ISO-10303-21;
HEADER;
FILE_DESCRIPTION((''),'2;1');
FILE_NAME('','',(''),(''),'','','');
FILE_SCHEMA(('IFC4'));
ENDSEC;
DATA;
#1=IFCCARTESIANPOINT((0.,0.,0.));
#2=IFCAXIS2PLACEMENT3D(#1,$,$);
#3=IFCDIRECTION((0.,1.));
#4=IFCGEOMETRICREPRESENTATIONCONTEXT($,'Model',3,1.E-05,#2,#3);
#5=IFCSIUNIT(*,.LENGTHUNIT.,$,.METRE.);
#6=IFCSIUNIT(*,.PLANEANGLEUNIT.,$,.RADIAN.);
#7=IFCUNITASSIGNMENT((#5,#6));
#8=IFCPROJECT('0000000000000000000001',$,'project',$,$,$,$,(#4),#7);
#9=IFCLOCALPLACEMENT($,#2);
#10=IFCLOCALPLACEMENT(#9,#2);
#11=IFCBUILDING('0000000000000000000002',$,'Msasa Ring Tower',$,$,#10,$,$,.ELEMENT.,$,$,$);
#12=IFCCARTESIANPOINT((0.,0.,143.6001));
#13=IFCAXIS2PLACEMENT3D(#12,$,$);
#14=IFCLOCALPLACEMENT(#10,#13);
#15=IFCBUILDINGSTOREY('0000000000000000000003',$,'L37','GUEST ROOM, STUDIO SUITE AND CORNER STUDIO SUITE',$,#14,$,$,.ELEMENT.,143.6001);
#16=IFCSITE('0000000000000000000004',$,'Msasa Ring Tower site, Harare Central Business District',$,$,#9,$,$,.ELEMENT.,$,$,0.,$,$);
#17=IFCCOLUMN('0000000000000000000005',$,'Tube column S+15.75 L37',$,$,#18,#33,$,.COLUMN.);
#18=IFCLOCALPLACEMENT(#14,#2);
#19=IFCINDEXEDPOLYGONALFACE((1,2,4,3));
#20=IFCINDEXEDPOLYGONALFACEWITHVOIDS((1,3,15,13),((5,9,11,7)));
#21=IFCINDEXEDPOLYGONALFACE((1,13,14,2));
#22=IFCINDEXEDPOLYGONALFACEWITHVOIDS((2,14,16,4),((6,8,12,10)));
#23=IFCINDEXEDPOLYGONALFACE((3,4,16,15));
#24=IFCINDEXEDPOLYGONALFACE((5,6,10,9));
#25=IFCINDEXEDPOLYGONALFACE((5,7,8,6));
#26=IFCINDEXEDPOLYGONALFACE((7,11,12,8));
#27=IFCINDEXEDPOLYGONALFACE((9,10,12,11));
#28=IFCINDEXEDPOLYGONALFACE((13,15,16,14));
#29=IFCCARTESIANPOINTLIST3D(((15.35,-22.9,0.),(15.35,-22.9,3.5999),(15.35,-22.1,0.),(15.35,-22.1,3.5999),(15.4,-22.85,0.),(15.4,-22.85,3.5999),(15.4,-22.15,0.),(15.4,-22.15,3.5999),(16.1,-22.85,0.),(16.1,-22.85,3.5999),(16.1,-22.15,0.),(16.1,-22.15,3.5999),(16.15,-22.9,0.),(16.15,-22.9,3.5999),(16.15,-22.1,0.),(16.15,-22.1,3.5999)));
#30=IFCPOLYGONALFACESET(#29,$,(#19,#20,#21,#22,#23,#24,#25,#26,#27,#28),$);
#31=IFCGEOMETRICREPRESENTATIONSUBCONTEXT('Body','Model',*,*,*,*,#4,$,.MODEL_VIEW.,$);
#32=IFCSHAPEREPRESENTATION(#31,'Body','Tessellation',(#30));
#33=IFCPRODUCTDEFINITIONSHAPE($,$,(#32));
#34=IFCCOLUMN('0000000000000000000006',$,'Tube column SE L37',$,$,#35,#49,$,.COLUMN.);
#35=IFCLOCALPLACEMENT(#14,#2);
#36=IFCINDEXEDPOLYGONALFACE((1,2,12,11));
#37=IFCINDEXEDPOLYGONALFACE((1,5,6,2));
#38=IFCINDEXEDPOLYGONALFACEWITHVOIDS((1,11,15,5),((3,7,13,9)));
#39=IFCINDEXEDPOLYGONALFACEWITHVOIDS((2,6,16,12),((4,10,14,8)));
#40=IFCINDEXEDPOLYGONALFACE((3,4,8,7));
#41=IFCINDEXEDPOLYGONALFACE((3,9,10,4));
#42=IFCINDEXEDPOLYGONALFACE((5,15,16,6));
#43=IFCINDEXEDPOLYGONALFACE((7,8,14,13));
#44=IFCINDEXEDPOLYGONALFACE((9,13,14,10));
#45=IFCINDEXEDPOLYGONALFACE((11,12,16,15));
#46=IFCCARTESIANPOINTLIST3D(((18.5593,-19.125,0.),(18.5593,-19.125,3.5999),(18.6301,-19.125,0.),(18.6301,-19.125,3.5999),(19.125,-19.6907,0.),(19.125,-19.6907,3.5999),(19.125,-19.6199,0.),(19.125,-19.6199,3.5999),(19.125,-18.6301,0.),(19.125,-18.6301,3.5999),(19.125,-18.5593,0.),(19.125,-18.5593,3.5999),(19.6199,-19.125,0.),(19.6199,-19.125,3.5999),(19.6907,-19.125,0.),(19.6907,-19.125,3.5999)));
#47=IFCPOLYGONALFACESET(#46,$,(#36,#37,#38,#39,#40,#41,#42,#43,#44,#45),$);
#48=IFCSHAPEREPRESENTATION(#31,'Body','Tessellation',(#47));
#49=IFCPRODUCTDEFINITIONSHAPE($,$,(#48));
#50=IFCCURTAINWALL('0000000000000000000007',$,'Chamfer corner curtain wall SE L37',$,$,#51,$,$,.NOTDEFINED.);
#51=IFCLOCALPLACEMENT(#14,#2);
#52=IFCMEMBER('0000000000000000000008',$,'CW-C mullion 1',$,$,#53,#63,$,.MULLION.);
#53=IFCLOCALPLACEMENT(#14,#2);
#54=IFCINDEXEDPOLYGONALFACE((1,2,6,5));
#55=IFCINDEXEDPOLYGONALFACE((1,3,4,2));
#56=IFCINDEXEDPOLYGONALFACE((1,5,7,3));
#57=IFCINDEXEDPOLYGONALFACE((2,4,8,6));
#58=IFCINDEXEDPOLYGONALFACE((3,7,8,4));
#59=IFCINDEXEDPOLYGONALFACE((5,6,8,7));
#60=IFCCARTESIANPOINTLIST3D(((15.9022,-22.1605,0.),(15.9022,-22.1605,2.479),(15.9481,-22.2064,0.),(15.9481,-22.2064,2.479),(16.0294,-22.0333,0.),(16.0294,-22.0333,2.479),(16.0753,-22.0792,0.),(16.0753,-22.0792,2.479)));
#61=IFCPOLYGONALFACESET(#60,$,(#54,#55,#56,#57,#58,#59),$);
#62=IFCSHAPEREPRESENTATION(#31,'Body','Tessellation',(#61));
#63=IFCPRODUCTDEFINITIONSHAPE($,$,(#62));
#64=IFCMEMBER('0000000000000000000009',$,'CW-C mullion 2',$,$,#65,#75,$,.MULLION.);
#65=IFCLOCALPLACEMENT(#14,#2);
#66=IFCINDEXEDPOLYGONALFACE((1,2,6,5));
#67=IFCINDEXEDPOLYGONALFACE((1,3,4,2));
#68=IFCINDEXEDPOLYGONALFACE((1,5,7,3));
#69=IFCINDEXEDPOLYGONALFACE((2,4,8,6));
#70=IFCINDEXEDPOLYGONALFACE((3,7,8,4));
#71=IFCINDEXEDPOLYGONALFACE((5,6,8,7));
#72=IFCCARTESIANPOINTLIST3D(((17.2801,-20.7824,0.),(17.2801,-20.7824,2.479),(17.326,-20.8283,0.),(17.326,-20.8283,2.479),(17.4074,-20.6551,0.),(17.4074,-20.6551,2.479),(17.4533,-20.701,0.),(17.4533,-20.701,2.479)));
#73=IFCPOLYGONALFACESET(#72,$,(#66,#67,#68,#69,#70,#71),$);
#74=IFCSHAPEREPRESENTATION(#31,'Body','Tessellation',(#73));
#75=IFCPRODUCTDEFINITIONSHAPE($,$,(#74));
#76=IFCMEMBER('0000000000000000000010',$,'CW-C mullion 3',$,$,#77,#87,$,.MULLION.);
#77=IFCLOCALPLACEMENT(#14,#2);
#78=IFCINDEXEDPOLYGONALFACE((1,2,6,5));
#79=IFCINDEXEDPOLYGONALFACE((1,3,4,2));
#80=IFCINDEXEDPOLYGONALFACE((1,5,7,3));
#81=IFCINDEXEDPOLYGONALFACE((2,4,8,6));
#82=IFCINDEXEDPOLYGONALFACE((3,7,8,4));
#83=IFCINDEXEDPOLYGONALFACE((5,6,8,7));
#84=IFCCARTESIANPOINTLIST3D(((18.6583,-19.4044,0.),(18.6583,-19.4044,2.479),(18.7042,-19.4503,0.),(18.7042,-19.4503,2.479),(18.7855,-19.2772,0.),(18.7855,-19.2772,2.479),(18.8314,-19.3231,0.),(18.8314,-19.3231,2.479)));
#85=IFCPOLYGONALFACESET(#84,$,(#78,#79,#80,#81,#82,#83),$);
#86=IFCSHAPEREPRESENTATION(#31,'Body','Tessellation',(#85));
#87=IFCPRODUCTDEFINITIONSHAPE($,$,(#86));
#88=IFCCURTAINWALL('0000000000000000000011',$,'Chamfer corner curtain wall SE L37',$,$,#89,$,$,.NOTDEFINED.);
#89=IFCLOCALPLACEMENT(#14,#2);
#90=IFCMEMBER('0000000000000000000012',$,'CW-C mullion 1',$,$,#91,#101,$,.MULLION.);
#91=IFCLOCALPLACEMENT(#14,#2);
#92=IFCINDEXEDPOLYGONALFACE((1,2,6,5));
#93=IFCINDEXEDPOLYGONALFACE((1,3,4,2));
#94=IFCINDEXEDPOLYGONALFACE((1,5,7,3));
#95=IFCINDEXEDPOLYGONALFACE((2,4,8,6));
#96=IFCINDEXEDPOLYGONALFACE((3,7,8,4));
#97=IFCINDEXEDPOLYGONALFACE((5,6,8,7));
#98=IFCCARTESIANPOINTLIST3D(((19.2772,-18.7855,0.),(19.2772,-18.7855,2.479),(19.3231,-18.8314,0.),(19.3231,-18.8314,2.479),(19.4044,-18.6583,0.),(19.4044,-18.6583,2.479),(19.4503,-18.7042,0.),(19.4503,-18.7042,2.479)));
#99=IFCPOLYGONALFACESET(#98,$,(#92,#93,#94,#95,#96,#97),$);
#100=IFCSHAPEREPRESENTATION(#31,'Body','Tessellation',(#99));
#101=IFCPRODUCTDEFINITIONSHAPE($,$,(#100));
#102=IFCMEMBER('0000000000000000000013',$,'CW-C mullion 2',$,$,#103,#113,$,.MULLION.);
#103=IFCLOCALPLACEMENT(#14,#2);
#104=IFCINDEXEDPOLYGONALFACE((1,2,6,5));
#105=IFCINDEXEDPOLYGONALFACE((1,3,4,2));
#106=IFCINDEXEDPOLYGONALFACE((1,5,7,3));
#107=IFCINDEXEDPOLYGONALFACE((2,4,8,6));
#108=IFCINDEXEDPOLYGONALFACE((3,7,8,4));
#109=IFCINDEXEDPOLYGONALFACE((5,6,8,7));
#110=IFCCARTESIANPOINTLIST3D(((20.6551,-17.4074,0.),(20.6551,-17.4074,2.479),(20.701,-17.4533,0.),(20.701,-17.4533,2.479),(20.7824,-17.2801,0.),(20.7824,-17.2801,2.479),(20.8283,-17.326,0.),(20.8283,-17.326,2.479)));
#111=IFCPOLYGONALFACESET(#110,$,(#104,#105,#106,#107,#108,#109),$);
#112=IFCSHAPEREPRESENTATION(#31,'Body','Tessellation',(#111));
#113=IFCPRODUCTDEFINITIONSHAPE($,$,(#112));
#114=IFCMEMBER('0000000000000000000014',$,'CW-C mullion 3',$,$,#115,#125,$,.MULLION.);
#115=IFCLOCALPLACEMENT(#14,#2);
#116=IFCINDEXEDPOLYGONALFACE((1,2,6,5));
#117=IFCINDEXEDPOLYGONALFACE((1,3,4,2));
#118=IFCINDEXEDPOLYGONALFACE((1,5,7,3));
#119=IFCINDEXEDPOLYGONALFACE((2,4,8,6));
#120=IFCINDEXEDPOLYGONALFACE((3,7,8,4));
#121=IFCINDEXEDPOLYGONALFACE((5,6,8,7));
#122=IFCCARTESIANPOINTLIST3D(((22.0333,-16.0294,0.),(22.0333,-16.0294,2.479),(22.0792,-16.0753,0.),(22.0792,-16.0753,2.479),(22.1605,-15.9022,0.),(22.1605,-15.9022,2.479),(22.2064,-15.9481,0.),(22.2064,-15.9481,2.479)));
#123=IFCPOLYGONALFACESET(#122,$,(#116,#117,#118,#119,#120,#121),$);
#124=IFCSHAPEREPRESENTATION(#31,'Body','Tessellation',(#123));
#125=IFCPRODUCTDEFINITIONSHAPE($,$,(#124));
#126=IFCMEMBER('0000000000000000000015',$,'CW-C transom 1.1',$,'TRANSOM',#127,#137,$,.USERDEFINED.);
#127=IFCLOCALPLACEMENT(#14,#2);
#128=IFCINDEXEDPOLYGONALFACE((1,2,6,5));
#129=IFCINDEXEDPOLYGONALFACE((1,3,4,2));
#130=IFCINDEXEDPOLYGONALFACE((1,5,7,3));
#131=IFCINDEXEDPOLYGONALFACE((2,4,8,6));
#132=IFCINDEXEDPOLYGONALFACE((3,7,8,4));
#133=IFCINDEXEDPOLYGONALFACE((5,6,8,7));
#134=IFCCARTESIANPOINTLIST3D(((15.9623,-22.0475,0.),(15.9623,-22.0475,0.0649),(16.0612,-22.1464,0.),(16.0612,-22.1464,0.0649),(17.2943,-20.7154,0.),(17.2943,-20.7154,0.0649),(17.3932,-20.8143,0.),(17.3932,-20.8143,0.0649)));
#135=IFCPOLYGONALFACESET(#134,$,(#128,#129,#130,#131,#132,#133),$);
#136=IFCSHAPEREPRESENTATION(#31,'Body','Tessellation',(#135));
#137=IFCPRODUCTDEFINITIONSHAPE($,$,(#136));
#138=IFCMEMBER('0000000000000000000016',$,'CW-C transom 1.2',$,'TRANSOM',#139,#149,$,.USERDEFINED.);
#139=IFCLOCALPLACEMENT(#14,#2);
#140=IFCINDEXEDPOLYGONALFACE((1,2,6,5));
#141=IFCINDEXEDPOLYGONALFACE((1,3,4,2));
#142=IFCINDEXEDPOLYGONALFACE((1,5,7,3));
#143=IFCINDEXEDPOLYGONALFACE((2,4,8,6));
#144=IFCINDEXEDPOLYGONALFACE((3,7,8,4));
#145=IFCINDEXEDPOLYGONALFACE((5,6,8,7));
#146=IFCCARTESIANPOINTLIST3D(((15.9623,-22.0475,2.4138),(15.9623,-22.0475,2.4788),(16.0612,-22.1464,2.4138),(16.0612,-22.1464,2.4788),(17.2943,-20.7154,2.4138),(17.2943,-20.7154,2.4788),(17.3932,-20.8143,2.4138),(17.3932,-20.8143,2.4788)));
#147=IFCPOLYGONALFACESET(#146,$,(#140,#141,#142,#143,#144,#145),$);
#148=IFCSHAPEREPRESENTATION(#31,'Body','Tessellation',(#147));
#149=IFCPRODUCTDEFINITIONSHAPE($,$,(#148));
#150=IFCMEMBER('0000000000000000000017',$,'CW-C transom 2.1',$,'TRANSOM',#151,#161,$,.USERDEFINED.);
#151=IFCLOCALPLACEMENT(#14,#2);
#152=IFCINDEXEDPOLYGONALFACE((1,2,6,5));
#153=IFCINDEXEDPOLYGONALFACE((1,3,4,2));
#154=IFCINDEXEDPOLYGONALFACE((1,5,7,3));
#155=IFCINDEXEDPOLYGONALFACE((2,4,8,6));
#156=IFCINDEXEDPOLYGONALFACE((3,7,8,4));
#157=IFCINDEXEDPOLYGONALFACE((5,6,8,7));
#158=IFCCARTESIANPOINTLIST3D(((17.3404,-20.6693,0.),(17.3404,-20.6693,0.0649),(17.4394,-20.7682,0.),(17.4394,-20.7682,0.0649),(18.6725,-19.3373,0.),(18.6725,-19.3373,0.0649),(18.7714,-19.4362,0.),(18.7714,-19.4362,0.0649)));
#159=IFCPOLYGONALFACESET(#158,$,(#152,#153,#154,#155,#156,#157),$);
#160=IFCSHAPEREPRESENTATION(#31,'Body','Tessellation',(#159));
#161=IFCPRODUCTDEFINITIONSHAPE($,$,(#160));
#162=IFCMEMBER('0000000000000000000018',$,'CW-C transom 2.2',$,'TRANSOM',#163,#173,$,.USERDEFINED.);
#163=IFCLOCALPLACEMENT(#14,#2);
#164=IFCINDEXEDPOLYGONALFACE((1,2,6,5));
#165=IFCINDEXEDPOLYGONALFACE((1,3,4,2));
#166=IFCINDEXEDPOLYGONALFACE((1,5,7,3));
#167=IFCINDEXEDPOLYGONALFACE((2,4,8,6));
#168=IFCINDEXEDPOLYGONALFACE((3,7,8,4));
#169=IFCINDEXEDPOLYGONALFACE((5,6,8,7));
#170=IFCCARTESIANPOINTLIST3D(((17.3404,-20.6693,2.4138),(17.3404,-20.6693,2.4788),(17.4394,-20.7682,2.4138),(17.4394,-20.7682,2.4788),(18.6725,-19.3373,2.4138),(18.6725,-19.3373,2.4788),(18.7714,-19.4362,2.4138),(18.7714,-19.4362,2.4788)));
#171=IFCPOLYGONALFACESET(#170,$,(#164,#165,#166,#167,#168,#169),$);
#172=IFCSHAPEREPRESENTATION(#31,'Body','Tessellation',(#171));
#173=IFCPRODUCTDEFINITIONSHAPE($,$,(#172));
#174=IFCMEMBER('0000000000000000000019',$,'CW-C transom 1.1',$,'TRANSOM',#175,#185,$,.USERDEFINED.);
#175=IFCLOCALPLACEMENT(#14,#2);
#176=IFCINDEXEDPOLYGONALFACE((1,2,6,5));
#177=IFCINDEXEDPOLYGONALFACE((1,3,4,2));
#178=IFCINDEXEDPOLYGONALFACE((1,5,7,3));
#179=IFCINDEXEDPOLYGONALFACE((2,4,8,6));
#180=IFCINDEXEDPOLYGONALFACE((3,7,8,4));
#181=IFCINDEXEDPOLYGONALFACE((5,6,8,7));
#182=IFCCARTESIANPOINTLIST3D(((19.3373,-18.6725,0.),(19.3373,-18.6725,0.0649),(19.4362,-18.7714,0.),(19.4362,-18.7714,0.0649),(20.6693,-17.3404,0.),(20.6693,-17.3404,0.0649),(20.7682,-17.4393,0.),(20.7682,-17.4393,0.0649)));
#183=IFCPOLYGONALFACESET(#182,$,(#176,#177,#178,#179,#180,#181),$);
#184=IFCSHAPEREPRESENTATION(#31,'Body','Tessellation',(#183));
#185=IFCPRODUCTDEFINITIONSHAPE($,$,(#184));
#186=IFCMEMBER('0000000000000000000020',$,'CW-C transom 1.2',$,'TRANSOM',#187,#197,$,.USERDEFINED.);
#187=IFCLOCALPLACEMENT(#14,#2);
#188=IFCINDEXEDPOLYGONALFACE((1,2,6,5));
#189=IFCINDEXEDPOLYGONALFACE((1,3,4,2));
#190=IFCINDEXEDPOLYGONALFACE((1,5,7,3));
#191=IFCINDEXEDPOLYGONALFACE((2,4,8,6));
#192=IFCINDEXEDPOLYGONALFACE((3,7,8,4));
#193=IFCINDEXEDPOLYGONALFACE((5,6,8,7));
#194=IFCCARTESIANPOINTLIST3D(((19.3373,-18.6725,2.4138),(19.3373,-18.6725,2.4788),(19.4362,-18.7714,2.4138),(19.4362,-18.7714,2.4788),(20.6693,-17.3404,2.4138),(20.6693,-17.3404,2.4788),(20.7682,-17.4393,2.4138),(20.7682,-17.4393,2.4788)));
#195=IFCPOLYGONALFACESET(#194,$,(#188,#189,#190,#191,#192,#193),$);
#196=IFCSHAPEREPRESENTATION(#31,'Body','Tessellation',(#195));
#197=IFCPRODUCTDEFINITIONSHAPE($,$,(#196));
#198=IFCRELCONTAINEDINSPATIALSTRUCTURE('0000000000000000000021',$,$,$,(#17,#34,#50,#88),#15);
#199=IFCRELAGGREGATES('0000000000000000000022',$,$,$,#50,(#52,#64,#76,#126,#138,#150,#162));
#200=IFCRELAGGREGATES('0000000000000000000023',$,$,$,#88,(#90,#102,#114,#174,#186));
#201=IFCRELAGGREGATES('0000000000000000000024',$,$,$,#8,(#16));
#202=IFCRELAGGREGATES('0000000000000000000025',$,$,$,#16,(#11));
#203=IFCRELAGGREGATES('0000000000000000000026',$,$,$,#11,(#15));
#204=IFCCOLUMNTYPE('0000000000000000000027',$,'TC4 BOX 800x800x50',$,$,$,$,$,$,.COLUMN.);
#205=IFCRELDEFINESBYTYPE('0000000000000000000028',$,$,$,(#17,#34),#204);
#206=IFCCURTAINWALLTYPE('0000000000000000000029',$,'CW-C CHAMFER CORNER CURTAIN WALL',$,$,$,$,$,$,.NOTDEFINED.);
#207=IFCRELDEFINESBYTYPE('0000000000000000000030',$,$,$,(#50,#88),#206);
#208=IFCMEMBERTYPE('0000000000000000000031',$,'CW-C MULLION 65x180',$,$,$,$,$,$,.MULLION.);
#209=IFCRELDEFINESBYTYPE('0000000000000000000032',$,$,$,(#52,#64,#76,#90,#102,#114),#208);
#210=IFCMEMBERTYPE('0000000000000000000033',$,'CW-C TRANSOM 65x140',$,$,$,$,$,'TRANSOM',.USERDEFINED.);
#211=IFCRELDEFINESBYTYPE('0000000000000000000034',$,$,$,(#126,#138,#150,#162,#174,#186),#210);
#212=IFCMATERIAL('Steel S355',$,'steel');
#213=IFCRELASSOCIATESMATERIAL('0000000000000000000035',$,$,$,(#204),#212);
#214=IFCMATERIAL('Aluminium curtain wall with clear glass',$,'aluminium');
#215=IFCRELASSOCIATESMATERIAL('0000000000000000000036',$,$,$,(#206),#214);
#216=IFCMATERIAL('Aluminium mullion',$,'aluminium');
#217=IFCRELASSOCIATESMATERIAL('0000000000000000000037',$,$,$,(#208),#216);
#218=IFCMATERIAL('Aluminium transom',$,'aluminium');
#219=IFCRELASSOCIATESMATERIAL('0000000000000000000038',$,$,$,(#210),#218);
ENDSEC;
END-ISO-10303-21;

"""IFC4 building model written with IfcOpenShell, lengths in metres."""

from ifc_helpers import new_model, si_unit, direction, frame, origin, origin_2d, place, context, subcontext, project, spatial, rectangle, hollow_rectangle, extrude, material, material_profile, profile_set, type_object, element, aggregate, save


model = new_model("IFC4")

# Units and contexts
model_context = context("Model", 3, precision=1e-05, world=origin(), true_north=direction((0.0, 1.0)))
body_context = subcontext(model_context, "Body", "Model", "MODEL_VIEW")
ifc_project = project(units=[si_unit("LENGTHUNIT", "METRE"), si_unit("PLANEANGLEUNIT", "RADIAN")], contexts=[model_context])

# Site, building, storey
site_placement = place(None, origin())
site = spatial("IfcSite", under=ifc_project, at=site_placement, Name="Msasa Ring Tower site, Harare Central Business District", CompositionType="ELEMENT", RefElevation=0.0)
building_placement = place(site_placement, origin())
building = spatial("IfcBuilding", under=site, at=building_placement, Name="Msasa Ring Tower", CompositionType="ELEMENT")
storey_placement = place(building_placement, frame((0.0, 0.0, 143.6001)))
storey = spatial("IfcBuildingStorey", under=building, at=storey_placement, Name="L37", Description="GUEST ROOM, STUDIO SUITE AND CORNER STUDIO SUITE", CompositionType="ELEMENT", Elevation=143.6001)

# Columns
ifc_material_1 = material(Name="Steel S355", Category="steel")
ifc_material_profile_1 = material_profile(ifc_material_1, hollow_rectangle(XDim=0.8, YDim=0.8, WallThickness=0.05, at=origin_2d()), Name="BOX 800x800x50")
ifc_profile_set_1 = profile_set([ifc_material_profile_1], Name="Steel S355")
column_type = type_object("IfcColumnType", Name="TC4 BOX 800x800x50", PredefinedType="COLUMN", material=ifc_profile_set_1)
for number, where, z_axis, x_axis, name in (
    (1, (15.75, -22.5, 0.0), (0.0, 0.0, 1.0), (0.0, 1.0, 0.0), "Tube column S+15.75 L37"),
    (2, (19.125, -19.125, 0.0), (0.0, 0.0, 1.0), (0.707107, -0.707107, 0.0), "Tube column SE L37"),
):
    element("IfcColumn", number, at=place(storey_placement, frame(where, z_axis=z_axis, x_axis=x_axis)), inside=storey, type_object=column_type, Name=name, PredefinedType="COLUMN", context=body_context, shape_type="SweptSolid", body=[
        extrude(hollow_rectangle(XDim=0.8, YDim=0.8, WallThickness=0.05, at=origin_2d()), origin(), (0.0, 0.0, 1.0), 3.5999),
    ])

# Curtain walls, members
ifc_material_2 = material(Name="Aluminium curtain wall with clear glass", Category="aluminium")
curtain_wall_type = type_object("IfcCurtainWallType", Name="CW-C CHAMFER CORNER CURTAIN WALL", PredefinedType="NOTDEFINED", material=ifc_material_2)
curtain_wall_1_placement = place(storey_placement, origin())
curtain_wall_1 = element("IfcCurtainWall", 3, at=curtain_wall_1_placement, inside=storey, type_object=curtain_wall_type, Name="Chamfer corner curtain wall SE L37", PredefinedType="NOTDEFINED")
ifc_material_3 = material(Name="Aluminium mullion", Category="aluminium")
ifc_material_profile_2 = material_profile(ifc_material_3, rectangle(XDim=0.0649, YDim=0.1799, at=origin_2d()), Name="AL 65x180")
ifc_profile_set_2 = profile_set([ifc_material_profile_2], Name="Aluminium mullion")
member_type_1 = type_object("IfcMemberType", Name="CW-C MULLION 65x180", PredefinedType="MULLION", material=ifc_profile_set_2)
member_1_placement = place(storey_placement, frame((15.9888, -22.1199, 0.0), z_axis=(0.0, 0.0, 1.0), x_axis=(-0.707107, 0.707107, 0.0)))
member_1 = element("IfcMember", 4, at=member_1_placement, type_object=member_type_1, Name="CW-C mullion 1", PredefinedType="MULLION", context=body_context, shape_type="SweptSolid", body=[
    extrude(rectangle(XDim=0.0649, YDim=0.1799, at=origin_2d()), origin(), (0.0, 0.0, 1.0), 2.479),
])
member_2_placement = place(storey_placement, frame((17.3667, -20.7417, 0.0), z_axis=(0.0, 0.0, 1.0), x_axis=(-0.707107, 0.707107, 0.0)))
member_2 = element("IfcMember", 5, at=member_2_placement, type_object=member_type_1, Name="CW-C mullion 2", PredefinedType="MULLION", context=body_context, shape_type="SweptSolid", body=[
    extrude(rectangle(XDim=0.0649, YDim=0.1799, at=origin_2d()), origin(), (0.0, 0.0, 1.0), 2.479),
])
member_3_placement = place(storey_placement, frame((18.7449, -19.3638, 0.0), z_axis=(0.0, 0.0, 1.0), x_axis=(-0.707107, 0.707107, 0.0)))
member_3 = element("IfcMember", 6, at=member_3_placement, type_object=member_type_1, Name="CW-C mullion 3", PredefinedType="MULLION", context=body_context, shape_type="SweptSolid", body=[
    extrude(rectangle(XDim=0.0649, YDim=0.1799, at=origin_2d()), origin(), (0.0, 0.0, 1.0), 2.479),
])
curtain_wall_2_placement = place(storey_placement, origin())
curtain_wall_2 = element("IfcCurtainWall", 7, at=curtain_wall_2_placement, inside=storey, type_object=curtain_wall_type, Name="Chamfer corner curtain wall SE L37", PredefinedType="NOTDEFINED")
member_4_placement = place(storey_placement, frame((19.3638, -18.7449, 0.0), z_axis=(0.0, 0.0, 1.0), x_axis=(-0.707107, 0.707107, 0.0)))
member_4 = element("IfcMember", 8, at=member_4_placement, type_object=member_type_1, Name="CW-C mullion 1", PredefinedType="MULLION", context=body_context, shape_type="SweptSolid", body=[
    extrude(rectangle(XDim=0.0649, YDim=0.1799, at=origin_2d()), origin(), (0.0, 0.0, 1.0), 2.479),
])
member_5_placement = place(storey_placement, frame((20.7417, -17.3667, 0.0), z_axis=(0.0, 0.0, 1.0), x_axis=(-0.707107, 0.707107, 0.0)))
member_5 = element("IfcMember", 9, at=member_5_placement, type_object=member_type_1, Name="CW-C mullion 2", PredefinedType="MULLION", context=body_context, shape_type="SweptSolid", body=[
    extrude(rectangle(XDim=0.0649, YDim=0.1799, at=origin_2d()), origin(), (0.0, 0.0, 1.0), 2.479),
])
member_6_placement = place(storey_placement, frame((22.1199, -15.9888, 0.0), z_axis=(0.0, 0.0, 1.0), x_axis=(-0.707107, 0.707107, 0.0)))
member_6 = element("IfcMember", 10, at=member_6_placement, type_object=member_type_1, Name="CW-C mullion 3", PredefinedType="MULLION", context=body_context, shape_type="SweptSolid", body=[
    extrude(rectangle(XDim=0.0649, YDim=0.1799, at=origin_2d()), origin(), (0.0, 0.0, 1.0), 2.479),
])

# Members
ifc_material_4 = material(Name="Aluminium transom", Category="aluminium")
ifc_material_profile_3 = material_profile(ifc_material_4, rectangle(XDim=0.1399, YDim=0.0649, at=origin_2d()), Name="AL 65x140")
ifc_profile_set_3 = profile_set([ifc_material_profile_3], Name="Aluminium transom")
member_type_2 = type_object("IfcMemberType", Name="CW-C TRANSOM 65x140", ElementType="TRANSOM", PredefinedType="USERDEFINED", material=ifc_profile_set_3)
member_7_placement = place(storey_placement, frame((16.0117, -22.0969, 0.0325), z_axis=(0.707107, 0.707107, 0.0), x_axis=(-0.707107, 0.707107, 0.0)))
member_7 = element("IfcMember", 11, at=member_7_placement, type_object=member_type_2, Name="CW-C transom 1.1", ObjectType="TRANSOM", PredefinedType="USERDEFINED", context=body_context, shape_type="SweptSolid", body=[
    extrude(rectangle(XDim=0.1399, YDim=0.0649, at=origin_2d()), origin(), (0.0, 0.0, 1.0), 1.8838),
])
member_8_placement = place(storey_placement, frame((16.0117, -22.0969, 2.4463), z_axis=(0.707107, 0.707107, 0.0), x_axis=(-0.707107, 0.707107, 0.0)))
member_8 = element("IfcMember", 12, at=member_8_placement, type_object=member_type_2, Name="CW-C transom 1.2", ObjectType="TRANSOM", PredefinedType="USERDEFINED", context=body_context, shape_type="SweptSolid", body=[
    extrude(rectangle(XDim=0.1399, YDim=0.0649, at=origin_2d()), origin(), (0.0, 0.0, 1.0), 1.8838),
])
member_9_placement = place(storey_placement, frame((17.3899, -20.7188, 0.0325), z_axis=(0.707107, 0.707107, 0.0), x_axis=(-0.707107, 0.707107, 0.0)))
member_9 = element("IfcMember", 13, at=member_9_placement, type_object=member_type_2, Name="CW-C transom 2.1", ObjectType="TRANSOM", PredefinedType="USERDEFINED", context=body_context, shape_type="SweptSolid", body=[
    extrude(rectangle(XDim=0.1399, YDim=0.0649, at=origin_2d()), origin(), (0.0, 0.0, 1.0), 1.8838),
])
member_10_placement = place(storey_placement, frame((17.3899, -20.7188, 2.4463), z_axis=(0.707107, 0.707107, 0.0), x_axis=(-0.707107, 0.707107, 0.0)))
member_10 = element("IfcMember", 14, at=member_10_placement, type_object=member_type_2, Name="CW-C transom 2.2", ObjectType="TRANSOM", PredefinedType="USERDEFINED", context=body_context, shape_type="SweptSolid", body=[
    extrude(rectangle(XDim=0.1399, YDim=0.0649, at=origin_2d()), origin(), (0.0, 0.0, 1.0), 1.8838),
])
member_11_placement = place(storey_placement, frame((19.3867, -18.7219, 0.0325), z_axis=(0.707107, 0.707107, 0.0), x_axis=(-0.707107, 0.707107, 0.0)))
member_11 = element("IfcMember", 15, at=member_11_placement, type_object=member_type_2, Name="CW-C transom 1.1", ObjectType="TRANSOM", PredefinedType="USERDEFINED", context=body_context, shape_type="SweptSolid", body=[
    extrude(rectangle(XDim=0.1399, YDim=0.0649, at=origin_2d()), origin(), (0.0, 0.0, 1.0), 1.8838),
])
member_12_placement = place(storey_placement, frame((19.3867, -18.7219, 2.4463), z_axis=(0.707107, 0.707107, 0.0), x_axis=(-0.707107, 0.707107, 0.0)))
member_12 = element("IfcMember", 16, at=member_12_placement, type_object=member_type_2, Name="CW-C transom 1.2", ObjectType="TRANSOM", PredefinedType="USERDEFINED", context=body_context, shape_type="SweptSolid", body=[
    extrude(rectangle(XDim=0.1399, YDim=0.0649, at=origin_2d()), origin(), (0.0, 0.0, 1.0), 1.8838),
])

aggregate(curtain_wall_1, [member_1, member_2, member_3, member_7, member_8, member_9, member_10])
aggregate(curtain_wall_2, [member_4, member_5, member_6, member_11, member_12])

save(model, "model.ifc")
